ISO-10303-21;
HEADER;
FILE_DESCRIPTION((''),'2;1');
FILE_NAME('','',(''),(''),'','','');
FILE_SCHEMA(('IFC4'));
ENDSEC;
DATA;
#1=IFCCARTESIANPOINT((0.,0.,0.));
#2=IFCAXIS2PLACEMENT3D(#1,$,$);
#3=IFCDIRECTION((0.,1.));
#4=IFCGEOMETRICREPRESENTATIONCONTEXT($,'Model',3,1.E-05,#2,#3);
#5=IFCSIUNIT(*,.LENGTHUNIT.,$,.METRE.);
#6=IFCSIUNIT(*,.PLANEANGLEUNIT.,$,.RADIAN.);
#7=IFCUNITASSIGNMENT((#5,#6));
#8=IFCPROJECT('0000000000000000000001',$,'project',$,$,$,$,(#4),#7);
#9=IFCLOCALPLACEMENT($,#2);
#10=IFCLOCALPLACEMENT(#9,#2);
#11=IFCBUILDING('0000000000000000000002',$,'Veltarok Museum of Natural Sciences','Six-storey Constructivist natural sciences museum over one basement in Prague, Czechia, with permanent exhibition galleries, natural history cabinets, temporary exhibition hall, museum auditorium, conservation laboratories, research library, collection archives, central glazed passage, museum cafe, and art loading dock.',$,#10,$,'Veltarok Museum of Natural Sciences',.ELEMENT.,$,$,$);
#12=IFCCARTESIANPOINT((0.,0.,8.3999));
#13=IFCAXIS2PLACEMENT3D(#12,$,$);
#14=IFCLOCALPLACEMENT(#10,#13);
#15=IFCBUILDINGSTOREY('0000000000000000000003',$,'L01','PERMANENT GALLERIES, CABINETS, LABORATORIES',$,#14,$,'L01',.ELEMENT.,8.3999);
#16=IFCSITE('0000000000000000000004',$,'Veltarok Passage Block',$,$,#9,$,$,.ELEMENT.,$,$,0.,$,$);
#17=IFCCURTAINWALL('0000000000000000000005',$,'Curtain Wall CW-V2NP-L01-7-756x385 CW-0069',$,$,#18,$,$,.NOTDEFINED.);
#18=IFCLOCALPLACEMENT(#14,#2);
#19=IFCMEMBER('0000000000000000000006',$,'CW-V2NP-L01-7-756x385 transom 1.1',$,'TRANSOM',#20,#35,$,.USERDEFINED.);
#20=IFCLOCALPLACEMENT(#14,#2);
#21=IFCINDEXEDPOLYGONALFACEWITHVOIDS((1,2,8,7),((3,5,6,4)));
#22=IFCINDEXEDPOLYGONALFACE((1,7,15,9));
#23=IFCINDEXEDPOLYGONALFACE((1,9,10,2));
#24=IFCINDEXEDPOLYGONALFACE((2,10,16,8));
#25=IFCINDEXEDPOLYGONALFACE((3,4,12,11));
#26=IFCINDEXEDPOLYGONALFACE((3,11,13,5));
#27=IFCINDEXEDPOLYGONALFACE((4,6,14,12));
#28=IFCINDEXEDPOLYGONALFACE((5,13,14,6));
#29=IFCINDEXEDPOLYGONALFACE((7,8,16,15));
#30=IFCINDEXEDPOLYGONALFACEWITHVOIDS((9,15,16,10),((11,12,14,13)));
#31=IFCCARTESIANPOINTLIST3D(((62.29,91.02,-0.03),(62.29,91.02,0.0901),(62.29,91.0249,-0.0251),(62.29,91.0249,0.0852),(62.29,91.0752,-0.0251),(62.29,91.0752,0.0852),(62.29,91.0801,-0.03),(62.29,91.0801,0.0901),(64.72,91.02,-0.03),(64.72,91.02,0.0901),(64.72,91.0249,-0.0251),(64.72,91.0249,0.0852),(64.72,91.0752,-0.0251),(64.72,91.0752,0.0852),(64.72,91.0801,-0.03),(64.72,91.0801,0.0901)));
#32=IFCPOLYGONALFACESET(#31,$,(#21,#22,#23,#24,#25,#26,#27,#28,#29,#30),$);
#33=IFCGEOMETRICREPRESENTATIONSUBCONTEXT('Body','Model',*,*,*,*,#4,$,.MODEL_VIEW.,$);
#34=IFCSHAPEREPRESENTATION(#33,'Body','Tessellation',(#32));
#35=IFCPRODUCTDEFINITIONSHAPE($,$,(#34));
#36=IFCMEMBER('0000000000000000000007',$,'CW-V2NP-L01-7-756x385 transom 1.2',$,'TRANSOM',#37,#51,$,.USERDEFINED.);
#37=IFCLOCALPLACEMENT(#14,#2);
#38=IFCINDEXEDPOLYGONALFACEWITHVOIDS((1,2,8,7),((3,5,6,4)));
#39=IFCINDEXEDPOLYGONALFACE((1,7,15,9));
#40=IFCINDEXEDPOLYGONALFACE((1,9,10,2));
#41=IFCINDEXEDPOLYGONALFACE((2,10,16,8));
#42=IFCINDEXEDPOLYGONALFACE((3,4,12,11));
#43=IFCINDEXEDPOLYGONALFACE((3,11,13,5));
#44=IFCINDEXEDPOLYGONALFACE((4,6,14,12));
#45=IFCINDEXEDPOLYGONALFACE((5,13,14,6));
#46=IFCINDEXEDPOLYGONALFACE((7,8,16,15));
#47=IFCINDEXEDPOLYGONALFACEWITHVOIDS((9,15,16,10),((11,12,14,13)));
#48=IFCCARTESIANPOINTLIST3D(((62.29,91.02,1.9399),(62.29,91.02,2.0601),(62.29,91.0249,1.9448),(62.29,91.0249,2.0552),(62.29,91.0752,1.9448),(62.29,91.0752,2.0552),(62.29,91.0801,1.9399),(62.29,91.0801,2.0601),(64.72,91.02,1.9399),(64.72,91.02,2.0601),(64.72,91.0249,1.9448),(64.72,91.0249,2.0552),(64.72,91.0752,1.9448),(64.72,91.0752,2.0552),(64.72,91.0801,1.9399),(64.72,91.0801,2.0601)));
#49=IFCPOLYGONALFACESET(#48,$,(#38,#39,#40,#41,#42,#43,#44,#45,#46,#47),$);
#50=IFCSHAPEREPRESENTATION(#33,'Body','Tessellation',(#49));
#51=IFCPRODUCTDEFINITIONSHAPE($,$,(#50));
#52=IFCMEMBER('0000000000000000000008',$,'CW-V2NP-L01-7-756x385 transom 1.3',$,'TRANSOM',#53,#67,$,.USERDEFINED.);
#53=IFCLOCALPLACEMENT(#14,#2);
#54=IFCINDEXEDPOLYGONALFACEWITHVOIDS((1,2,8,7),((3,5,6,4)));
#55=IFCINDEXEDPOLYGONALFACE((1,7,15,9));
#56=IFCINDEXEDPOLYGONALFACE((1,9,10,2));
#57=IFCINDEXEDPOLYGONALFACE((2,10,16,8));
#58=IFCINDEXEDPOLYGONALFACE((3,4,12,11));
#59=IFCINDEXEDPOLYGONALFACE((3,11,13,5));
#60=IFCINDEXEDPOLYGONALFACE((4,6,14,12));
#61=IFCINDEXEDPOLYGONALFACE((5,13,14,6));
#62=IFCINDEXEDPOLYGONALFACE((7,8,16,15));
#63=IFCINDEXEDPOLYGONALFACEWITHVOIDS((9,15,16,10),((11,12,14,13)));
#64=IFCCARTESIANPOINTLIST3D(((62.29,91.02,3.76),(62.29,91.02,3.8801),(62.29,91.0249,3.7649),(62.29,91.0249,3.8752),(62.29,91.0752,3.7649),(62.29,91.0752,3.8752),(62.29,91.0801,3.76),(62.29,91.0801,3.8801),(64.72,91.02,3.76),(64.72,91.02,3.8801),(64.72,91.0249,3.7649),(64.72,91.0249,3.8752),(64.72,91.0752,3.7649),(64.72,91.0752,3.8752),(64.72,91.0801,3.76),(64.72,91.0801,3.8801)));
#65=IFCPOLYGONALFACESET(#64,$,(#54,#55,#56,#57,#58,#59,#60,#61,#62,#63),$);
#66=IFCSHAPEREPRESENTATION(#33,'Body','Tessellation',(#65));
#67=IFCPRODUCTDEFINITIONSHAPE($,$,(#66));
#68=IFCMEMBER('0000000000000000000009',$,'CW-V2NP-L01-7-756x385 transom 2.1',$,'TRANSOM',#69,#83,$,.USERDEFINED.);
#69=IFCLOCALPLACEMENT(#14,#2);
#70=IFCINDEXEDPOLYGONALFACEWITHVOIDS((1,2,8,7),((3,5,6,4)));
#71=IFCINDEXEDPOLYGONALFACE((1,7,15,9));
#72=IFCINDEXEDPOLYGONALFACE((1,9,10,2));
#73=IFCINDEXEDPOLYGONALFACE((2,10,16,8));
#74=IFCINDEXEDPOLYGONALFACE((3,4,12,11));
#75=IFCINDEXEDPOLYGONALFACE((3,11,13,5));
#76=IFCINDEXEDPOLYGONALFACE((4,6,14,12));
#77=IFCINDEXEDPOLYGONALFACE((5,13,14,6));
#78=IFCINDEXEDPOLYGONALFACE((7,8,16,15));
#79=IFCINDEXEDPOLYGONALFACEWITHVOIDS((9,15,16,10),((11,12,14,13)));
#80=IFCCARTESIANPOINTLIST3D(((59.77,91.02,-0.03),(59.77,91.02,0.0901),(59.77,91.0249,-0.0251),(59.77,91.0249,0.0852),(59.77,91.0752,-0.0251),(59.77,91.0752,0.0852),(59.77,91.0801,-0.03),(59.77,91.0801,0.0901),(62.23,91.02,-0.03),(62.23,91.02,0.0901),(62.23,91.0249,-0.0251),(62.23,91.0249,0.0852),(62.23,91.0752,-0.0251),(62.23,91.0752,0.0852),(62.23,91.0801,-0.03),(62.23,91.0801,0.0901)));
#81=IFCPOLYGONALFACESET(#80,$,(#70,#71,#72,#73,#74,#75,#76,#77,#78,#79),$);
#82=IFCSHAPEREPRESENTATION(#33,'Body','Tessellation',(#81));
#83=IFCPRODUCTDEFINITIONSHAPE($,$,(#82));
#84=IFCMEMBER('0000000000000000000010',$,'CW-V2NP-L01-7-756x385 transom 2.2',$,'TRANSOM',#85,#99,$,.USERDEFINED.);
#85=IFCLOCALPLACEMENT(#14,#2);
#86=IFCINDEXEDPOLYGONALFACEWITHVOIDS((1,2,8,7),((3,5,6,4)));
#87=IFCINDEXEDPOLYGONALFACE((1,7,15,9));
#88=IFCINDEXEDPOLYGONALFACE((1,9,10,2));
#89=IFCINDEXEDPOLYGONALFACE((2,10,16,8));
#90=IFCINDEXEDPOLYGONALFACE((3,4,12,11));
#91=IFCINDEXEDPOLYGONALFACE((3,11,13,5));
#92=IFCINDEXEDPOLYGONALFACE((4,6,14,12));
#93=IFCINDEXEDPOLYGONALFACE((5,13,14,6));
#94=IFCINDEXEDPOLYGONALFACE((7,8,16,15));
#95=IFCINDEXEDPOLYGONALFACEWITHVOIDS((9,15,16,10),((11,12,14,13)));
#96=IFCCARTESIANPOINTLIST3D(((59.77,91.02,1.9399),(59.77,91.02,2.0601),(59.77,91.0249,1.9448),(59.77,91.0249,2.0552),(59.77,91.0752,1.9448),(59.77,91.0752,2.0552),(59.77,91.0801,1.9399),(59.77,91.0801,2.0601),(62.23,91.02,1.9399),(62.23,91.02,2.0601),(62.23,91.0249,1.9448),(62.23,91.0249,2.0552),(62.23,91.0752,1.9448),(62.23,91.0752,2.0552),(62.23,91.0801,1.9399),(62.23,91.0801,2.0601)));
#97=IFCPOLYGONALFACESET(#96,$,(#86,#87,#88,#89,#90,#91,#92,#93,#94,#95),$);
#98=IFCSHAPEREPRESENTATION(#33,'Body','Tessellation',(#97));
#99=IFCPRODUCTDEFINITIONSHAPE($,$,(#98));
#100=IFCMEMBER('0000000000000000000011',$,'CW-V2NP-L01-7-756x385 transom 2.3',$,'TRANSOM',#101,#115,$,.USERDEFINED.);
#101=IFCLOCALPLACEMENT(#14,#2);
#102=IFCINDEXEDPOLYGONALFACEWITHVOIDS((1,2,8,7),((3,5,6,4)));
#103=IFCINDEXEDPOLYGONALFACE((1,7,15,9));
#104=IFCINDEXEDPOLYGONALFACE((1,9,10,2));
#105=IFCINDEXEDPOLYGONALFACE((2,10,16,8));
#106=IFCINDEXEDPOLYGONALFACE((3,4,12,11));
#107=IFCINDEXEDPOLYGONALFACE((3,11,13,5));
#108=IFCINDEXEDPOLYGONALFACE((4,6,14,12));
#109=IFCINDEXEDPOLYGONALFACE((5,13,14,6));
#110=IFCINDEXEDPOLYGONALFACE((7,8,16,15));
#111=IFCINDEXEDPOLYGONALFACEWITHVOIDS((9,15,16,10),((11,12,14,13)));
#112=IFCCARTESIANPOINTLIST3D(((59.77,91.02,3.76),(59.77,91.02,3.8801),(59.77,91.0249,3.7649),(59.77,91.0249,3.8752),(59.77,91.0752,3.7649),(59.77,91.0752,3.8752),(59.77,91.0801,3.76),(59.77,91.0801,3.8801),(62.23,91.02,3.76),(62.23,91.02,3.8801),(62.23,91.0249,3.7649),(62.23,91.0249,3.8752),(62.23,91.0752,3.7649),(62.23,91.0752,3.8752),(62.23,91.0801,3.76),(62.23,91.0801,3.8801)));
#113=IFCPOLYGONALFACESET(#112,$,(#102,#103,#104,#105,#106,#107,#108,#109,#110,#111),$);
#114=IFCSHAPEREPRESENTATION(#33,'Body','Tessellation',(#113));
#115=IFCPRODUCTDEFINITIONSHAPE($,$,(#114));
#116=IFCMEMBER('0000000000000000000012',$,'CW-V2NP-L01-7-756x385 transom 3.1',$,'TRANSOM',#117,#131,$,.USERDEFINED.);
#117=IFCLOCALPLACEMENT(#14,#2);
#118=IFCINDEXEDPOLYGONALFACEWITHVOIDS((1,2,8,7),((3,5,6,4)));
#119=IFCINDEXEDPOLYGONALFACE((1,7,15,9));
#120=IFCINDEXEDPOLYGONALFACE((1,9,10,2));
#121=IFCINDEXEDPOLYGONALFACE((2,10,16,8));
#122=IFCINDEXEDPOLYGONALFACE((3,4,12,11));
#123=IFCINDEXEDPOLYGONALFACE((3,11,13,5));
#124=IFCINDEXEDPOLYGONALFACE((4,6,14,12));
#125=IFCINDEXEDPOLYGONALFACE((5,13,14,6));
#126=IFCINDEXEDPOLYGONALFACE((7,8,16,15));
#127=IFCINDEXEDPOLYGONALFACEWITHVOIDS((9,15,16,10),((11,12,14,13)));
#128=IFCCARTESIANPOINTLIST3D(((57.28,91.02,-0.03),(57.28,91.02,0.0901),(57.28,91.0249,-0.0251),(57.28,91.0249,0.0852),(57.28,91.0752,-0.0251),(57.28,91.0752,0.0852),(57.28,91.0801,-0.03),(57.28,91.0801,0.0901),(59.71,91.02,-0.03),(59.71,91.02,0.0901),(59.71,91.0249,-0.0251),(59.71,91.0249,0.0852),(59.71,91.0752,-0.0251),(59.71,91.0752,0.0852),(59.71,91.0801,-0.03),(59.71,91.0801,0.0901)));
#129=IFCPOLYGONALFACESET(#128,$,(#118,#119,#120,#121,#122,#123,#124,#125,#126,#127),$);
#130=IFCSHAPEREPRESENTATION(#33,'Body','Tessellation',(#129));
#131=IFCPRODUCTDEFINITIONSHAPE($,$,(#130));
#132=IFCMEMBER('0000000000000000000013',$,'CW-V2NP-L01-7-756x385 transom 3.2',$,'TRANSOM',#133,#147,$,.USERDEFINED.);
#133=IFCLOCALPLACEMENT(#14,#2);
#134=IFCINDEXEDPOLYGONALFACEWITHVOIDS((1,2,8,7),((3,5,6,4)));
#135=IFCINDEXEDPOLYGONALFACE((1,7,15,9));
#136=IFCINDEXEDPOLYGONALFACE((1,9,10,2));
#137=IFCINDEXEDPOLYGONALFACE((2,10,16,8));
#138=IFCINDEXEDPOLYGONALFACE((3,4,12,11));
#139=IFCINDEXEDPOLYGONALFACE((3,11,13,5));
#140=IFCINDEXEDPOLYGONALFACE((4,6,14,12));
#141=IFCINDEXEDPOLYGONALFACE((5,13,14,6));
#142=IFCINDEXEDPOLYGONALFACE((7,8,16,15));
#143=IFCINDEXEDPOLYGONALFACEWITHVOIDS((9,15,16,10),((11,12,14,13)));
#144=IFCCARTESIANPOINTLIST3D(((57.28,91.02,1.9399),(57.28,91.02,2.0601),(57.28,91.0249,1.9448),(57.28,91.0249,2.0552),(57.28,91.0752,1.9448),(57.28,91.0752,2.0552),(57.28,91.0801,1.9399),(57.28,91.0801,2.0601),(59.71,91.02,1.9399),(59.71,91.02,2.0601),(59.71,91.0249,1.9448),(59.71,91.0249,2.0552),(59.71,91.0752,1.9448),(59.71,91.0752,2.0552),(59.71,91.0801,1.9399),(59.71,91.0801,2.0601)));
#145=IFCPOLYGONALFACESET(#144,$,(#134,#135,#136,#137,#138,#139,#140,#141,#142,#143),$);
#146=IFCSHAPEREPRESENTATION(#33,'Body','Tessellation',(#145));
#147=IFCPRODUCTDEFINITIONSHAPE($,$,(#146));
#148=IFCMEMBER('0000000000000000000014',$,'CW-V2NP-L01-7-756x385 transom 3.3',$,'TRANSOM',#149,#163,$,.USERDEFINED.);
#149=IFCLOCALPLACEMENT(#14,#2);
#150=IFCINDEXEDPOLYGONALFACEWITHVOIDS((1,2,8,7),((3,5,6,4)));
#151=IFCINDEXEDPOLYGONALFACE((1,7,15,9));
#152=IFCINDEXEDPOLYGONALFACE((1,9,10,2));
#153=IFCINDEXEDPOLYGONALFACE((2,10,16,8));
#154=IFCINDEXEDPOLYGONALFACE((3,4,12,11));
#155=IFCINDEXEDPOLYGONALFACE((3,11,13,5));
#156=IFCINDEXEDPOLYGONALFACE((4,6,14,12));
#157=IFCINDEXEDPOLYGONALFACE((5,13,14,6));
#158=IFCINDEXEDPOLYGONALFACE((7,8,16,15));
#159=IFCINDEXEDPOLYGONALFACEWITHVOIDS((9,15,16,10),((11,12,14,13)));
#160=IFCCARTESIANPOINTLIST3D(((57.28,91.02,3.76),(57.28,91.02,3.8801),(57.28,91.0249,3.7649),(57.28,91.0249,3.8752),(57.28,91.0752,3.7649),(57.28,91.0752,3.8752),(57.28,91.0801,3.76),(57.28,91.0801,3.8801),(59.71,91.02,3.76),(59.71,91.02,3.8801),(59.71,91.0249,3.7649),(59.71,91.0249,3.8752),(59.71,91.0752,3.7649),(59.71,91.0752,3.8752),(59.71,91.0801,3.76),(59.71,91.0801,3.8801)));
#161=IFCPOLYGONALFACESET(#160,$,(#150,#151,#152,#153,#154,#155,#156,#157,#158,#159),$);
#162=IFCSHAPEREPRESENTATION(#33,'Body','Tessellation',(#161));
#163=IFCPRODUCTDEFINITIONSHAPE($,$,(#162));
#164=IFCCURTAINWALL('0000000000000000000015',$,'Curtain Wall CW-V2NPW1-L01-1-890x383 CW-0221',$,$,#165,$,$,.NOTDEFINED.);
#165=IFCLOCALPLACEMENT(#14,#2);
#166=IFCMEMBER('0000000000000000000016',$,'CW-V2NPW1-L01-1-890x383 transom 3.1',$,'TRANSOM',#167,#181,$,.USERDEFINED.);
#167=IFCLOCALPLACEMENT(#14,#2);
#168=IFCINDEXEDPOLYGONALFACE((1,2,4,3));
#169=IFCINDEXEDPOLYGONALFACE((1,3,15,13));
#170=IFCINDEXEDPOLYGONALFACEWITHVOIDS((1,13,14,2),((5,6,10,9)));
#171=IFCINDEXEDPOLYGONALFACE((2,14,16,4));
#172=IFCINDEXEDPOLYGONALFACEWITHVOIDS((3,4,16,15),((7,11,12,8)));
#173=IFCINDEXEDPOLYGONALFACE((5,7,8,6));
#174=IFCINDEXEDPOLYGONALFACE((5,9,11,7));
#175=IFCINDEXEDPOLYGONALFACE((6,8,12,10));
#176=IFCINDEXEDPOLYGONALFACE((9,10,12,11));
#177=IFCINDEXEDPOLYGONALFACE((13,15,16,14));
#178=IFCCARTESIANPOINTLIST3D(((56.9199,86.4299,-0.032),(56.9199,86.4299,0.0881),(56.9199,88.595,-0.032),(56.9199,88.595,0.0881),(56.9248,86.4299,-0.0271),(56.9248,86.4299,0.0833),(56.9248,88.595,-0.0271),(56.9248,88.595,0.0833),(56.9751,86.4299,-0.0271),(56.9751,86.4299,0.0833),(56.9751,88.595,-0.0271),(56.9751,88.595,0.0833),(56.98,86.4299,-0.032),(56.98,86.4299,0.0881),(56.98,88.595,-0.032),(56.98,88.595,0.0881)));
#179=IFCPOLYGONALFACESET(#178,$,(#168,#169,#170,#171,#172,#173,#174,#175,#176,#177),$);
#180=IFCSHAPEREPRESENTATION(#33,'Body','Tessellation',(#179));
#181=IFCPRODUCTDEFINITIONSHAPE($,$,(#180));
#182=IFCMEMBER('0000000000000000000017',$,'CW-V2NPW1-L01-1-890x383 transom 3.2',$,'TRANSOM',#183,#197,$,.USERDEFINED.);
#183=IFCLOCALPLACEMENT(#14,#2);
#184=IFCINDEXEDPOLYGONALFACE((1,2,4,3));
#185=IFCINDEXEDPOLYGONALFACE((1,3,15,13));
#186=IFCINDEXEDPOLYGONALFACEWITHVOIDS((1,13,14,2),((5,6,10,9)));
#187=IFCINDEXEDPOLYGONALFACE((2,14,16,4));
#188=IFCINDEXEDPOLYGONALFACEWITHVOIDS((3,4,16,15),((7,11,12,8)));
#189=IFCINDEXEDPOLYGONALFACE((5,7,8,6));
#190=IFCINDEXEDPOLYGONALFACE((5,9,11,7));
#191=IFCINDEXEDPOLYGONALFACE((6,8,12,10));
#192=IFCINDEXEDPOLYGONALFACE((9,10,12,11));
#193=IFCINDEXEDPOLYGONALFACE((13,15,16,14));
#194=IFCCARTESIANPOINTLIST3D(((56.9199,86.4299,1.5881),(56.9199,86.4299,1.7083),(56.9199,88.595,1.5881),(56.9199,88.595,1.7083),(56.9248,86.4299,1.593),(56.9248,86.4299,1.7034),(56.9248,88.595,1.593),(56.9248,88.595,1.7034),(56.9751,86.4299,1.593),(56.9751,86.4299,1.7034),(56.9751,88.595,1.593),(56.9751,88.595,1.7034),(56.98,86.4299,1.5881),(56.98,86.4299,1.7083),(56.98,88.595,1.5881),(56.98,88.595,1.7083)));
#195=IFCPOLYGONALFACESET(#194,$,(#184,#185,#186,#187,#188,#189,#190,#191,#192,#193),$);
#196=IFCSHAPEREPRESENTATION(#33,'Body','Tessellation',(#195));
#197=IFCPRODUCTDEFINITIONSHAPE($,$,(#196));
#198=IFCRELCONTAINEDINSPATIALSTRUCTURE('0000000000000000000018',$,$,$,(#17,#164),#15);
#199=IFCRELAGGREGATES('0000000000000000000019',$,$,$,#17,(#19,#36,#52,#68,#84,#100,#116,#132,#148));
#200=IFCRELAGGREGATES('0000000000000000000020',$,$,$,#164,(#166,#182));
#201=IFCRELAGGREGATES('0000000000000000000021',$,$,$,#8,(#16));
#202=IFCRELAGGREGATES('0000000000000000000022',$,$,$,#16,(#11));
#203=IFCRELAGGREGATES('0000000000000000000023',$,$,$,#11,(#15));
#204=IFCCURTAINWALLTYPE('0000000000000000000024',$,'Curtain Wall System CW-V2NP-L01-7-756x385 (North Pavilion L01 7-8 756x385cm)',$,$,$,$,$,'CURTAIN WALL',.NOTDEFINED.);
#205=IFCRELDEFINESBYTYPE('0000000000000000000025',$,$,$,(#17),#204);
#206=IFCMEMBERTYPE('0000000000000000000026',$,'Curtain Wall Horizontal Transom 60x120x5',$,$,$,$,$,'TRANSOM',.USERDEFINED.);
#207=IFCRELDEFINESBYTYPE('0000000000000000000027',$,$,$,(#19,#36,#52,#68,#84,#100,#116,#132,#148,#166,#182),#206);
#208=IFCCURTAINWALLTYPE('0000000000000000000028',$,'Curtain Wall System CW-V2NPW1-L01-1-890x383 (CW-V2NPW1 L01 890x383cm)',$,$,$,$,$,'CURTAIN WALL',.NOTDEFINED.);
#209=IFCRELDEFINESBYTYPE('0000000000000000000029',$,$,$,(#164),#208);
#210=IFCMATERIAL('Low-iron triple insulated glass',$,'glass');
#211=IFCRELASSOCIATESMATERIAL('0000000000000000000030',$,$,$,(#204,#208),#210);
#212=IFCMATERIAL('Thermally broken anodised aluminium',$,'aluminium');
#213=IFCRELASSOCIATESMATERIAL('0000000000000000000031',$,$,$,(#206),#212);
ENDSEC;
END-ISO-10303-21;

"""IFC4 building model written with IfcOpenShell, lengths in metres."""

from ifc_helpers import new_model, si_unit, direction, frame, origin, origin_2d, place, context, subcontext, project, spatial, hollow_rectangle, extrude, material, material_profile, profile_set, type_object, element, aggregate, save


model = new_model("IFC4")

# Units and contexts
model_context = context("Model", 3, precision=1e-05, world=origin(), true_north=direction((0.0, 1.0)))
body_context = subcontext(model_context, "Body", "Model", "MODEL_VIEW")
ifc_project = project(units=[si_unit("LENGTHUNIT", "METRE"), si_unit("PLANEANGLEUNIT", "RADIAN")], contexts=[model_context])

# Site, building, storey
site_placement = place(None, origin())
site = spatial("IfcSite", under=ifc_project, at=site_placement, Name="Veltarok Passage Block", CompositionType="ELEMENT", RefElevation=0.0)
building_placement = place(site_placement, origin())
building = spatial("IfcBuilding", under=site, at=building_placement, Name="Veltarok Museum of Natural Sciences", Description="Six-storey Constructivist natural sciences museum over one basement in Prague, Czechia, with permanent exhibition galleries, natural history cabinets, temporary exhibition hall, museum auditorium, conservation laboratories, research library, collection archives, central glazed passage, museum cafe, and art loading dock.", LongName="Veltarok Museum of Natural Sciences", CompositionType="ELEMENT")
storey_placement = place(building_placement, frame((0.0, 0.0, 8.3999)))
storey = spatial("IfcBuildingStorey", under=building, at=storey_placement, Name="L01", Description="PERMANENT GALLERIES, CABINETS, LABORATORIES", LongName="L01", CompositionType="ELEMENT", Elevation=8.3999)

# Curtain walls, members
ifc_material_1 = material(Name="Low-iron triple insulated glass", Category="glass")
curtain_wall_type_1 = type_object("IfcCurtainWallType", Name="Curtain Wall System CW-V2NP-L01-7-756x385 (North Pavilion L01 7-8 756x385cm)", ElementType="CURTAIN WALL", PredefinedType="NOTDEFINED", material=ifc_material_1)
curtain_wall_1_placement = place(storey_placement, origin())
curtain_wall_1 = element("IfcCurtainWall", 1, at=curtain_wall_1_placement, inside=storey, type_object=curtain_wall_type_1, Name="Curtain Wall CW-V2NP-L01-7-756x385 CW-0069", PredefinedType="NOTDEFINED")
ifc_material_2 = material(Name="Thermally broken anodised aluminium", Category="aluminium")
ifc_material_profile_1 = material_profile(ifc_material_2, hollow_rectangle(XDim=0.0601, YDim=0.1201, WallThickness=0.0049, at=origin_2d()), Name="CW TRANSOM 60x120x5")
ifc_profile_set_1 = profile_set([ifc_material_profile_1], Name="Thermally broken anodised aluminium")
member_type_1 = type_object("IfcMemberType", Name="Curtain Wall Horizontal Transom 60x120x5", ElementType="TRANSOM", PredefinedType="USERDEFINED", material=ifc_profile_set_1)
member_1_placement = place(storey_placement, frame((64.72, 91.05, 0.03), z_axis=(-1.0, 0.0, 0.0), x_axis=(0.0, -1.0, 0.0)))
member_1 = element("IfcMember", 2, at=member_1_placement, type_object=member_type_1, Name="CW-V2NP-L01-7-756x385 transom 1.1", ObjectType="TRANSOM", PredefinedType="USERDEFINED", context=body_context, shape_type="SweptSolid", body=[
    extrude(hollow_rectangle(XDim=0.0601, YDim=0.1201, WallThickness=0.0049, at=origin_2d()), origin(), (0.0, 0.0, 1.0), 2.4299),
])
member_2_placement = place(storey_placement, frame((64.72, 91.05, 2.0), z_axis=(-1.0, 0.0, 0.0), x_axis=(0.0, -1.0, 0.0)))
member_2 = element("IfcMember", 3, at=member_2_placement, type_object=member_type_1, Name="CW-V2NP-L01-7-756x385 transom 1.2", ObjectType="TRANSOM", PredefinedType="USERDEFINED", context=body_context, shape_type="SweptSolid", body=[
    extrude(hollow_rectangle(XDim=0.0601, YDim=0.1201, WallThickness=0.0049, at=origin_2d()), origin(), (0.0, 0.0, 1.0), 2.4299),
])
member_3_placement = place(storey_placement, frame((64.72, 91.05, 3.8201), z_axis=(-1.0, 0.0, 0.0), x_axis=(0.0, -1.0, 0.0)))
member_3 = element("IfcMember", 4, at=member_3_placement, type_object=member_type_1, Name="CW-V2NP-L01-7-756x385 transom 1.3", ObjectType="TRANSOM", PredefinedType="USERDEFINED", context=body_context, shape_type="SweptSolid", body=[
    extrude(hollow_rectangle(XDim=0.0601, YDim=0.1201, WallThickness=0.0049, at=origin_2d()), origin(), (0.0, 0.0, 1.0), 2.4299),
])
member_4_placement = place(storey_placement, frame((62.23, 91.05, 0.03), z_axis=(-1.0, 0.0, 0.0), x_axis=(0.0, -1.0, 0.0)))
member_4 = element("IfcMember", 5, at=member_4_placement, type_object=member_type_1, Name="CW-V2NP-L01-7-756x385 transom 2.1", ObjectType="TRANSOM", PredefinedType="USERDEFINED", context=body_context, shape_type="SweptSolid", body=[
    extrude(hollow_rectangle(XDim=0.0601, YDim=0.1201, WallThickness=0.0049, at=origin_2d()), origin(), (0.0, 0.0, 1.0), 2.46),
])
member_5_placement = place(storey_placement, frame((62.23, 91.05, 2.0), z_axis=(-1.0, 0.0, 0.0), x_axis=(0.0, -1.0, 0.0)))
member_5 = element("IfcMember", 6, at=member_5_placement, type_object=member_type_1, Name="CW-V2NP-L01-7-756x385 transom 2.2", ObjectType="TRANSOM", PredefinedType="USERDEFINED", context=body_context, shape_type="SweptSolid", body=[
    extrude(hollow_rectangle(XDim=0.0601, YDim=0.1201, WallThickness=0.0049, at=origin_2d()), origin(), (0.0, 0.0, 1.0), 2.46),
])
member_6_placement = place(storey_placement, frame((62.23, 91.05, 3.8201), z_axis=(-1.0, 0.0, 0.0), x_axis=(0.0, -1.0, 0.0)))
member_6 = element("IfcMember", 7, at=member_6_placement, type_object=member_type_1, Name="CW-V2NP-L01-7-756x385 transom 2.3", ObjectType="TRANSOM", PredefinedType="USERDEFINED", context=body_context, shape_type="SweptSolid", body=[
    extrude(hollow_rectangle(XDim=0.0601, YDim=0.1201, WallThickness=0.0049, at=origin_2d()), origin(), (0.0, 0.0, 1.0), 2.46),
])
member_7_placement = place(storey_placement, frame((59.71, 91.05, 0.03), z_axis=(-1.0, 0.0, 0.0), x_axis=(0.0, -1.0, 0.0)))
member_7 = element("IfcMember", 8, at=member_7_placement, type_object=member_type_1, Name="CW-V2NP-L01-7-756x385 transom 3.1", ObjectType="TRANSOM", PredefinedType="USERDEFINED", context=body_context, shape_type="SweptSolid", body=[
    extrude(hollow_rectangle(XDim=0.0601, YDim=0.1201, WallThickness=0.0049, at=origin_2d()), origin(), (0.0, 0.0, 1.0), 2.4299),
])
member_8_placement = place(storey_placement, frame((59.71, 91.05, 2.0), z_axis=(-1.0, 0.0, 0.0), x_axis=(0.0, -1.0, 0.0)))
member_8 = element("IfcMember", 9, at=member_8_placement, type_object=member_type_1, Name="CW-V2NP-L01-7-756x385 transom 3.2", ObjectType="TRANSOM", PredefinedType="USERDEFINED", context=body_context, shape_type="SweptSolid", body=[
    extrude(hollow_rectangle(XDim=0.0601, YDim=0.1201, WallThickness=0.0049, at=origin_2d()), origin(), (0.0, 0.0, 1.0), 2.4299),
])
member_9_placement = place(storey_placement, frame((59.71, 91.05, 3.8201), z_axis=(-1.0, 0.0, 0.0), x_axis=(0.0, -1.0, 0.0)))
member_9 = element("IfcMember", 10, at=member_9_placement, type_object=member_type_1, Name="CW-V2NP-L01-7-756x385 transom 3.3", ObjectType="TRANSOM", PredefinedType="USERDEFINED", context=body_context, shape_type="SweptSolid", body=[
    extrude(hollow_rectangle(XDim=0.0601, YDim=0.1201, WallThickness=0.0049, at=origin_2d()), origin(), (0.0, 0.0, 1.0), 2.4299),
])
curtain_wall_type_2 = type_object("IfcCurtainWallType", Name="Curtain Wall System CW-V2NPW1-L01-1-890x383 (CW-V2NPW1 L01 890x383cm)", ElementType="CURTAIN WALL", PredefinedType="NOTDEFINED", material=ifc_material_1)
curtain_wall_2_placement = place(storey_placement, origin())
curtain_wall_2 = element("IfcCurtainWall", 11, at=curtain_wall_2_placement, inside=storey, type_object=curtain_wall_type_2, Name="Curtain Wall CW-V2NPW1-L01-1-890x383 CW-0221", PredefinedType="NOTDEFINED")
member_10_placement = place(storey_placement, frame((56.95, 86.4299, 0.0281), z_axis=(0.0, 1.0, 0.0), x_axis=(-1.0, 0.0, 0.0)))
member_10 = element("IfcMember", 12, at=member_10_placement, type_object=member_type_1, Name="CW-V2NPW1-L01-1-890x383 transom 3.1", ObjectType="TRANSOM", PredefinedType="USERDEFINED", context=body_context, shape_type="SweptSolid", body=[
    extrude(hollow_rectangle(XDim=0.0601, YDim=0.1201, WallThickness=0.0049, at=origin_2d()), origin(), (0.0, 0.0, 1.0), 2.165),
])
member_11_placement = place(storey_placement, frame((56.95, 86.4299, 1.6482), z_axis=(0.0, 1.0, 0.0), x_axis=(-1.0, 0.0, 0.0)))
member_11 = element("IfcMember", 13, at=member_11_placement, type_object=member_type_1, Name="CW-V2NPW1-L01-1-890x383 transom 3.2", ObjectType="TRANSOM", PredefinedType="USERDEFINED", context=body_context, shape_type="SweptSolid", body=[
    extrude(hollow_rectangle(XDim=0.0601, YDim=0.1201, WallThickness=0.0049, at=origin_2d()), origin(), (0.0, 0.0, 1.0), 2.165),
])

aggregate(curtain_wall_1, [member_1, member_2, member_3, member_4, member_5, member_6, member_7, member_8, member_9])
aggregate(curtain_wall_2, [member_10, member_11])

save(model, "model.ifc")
